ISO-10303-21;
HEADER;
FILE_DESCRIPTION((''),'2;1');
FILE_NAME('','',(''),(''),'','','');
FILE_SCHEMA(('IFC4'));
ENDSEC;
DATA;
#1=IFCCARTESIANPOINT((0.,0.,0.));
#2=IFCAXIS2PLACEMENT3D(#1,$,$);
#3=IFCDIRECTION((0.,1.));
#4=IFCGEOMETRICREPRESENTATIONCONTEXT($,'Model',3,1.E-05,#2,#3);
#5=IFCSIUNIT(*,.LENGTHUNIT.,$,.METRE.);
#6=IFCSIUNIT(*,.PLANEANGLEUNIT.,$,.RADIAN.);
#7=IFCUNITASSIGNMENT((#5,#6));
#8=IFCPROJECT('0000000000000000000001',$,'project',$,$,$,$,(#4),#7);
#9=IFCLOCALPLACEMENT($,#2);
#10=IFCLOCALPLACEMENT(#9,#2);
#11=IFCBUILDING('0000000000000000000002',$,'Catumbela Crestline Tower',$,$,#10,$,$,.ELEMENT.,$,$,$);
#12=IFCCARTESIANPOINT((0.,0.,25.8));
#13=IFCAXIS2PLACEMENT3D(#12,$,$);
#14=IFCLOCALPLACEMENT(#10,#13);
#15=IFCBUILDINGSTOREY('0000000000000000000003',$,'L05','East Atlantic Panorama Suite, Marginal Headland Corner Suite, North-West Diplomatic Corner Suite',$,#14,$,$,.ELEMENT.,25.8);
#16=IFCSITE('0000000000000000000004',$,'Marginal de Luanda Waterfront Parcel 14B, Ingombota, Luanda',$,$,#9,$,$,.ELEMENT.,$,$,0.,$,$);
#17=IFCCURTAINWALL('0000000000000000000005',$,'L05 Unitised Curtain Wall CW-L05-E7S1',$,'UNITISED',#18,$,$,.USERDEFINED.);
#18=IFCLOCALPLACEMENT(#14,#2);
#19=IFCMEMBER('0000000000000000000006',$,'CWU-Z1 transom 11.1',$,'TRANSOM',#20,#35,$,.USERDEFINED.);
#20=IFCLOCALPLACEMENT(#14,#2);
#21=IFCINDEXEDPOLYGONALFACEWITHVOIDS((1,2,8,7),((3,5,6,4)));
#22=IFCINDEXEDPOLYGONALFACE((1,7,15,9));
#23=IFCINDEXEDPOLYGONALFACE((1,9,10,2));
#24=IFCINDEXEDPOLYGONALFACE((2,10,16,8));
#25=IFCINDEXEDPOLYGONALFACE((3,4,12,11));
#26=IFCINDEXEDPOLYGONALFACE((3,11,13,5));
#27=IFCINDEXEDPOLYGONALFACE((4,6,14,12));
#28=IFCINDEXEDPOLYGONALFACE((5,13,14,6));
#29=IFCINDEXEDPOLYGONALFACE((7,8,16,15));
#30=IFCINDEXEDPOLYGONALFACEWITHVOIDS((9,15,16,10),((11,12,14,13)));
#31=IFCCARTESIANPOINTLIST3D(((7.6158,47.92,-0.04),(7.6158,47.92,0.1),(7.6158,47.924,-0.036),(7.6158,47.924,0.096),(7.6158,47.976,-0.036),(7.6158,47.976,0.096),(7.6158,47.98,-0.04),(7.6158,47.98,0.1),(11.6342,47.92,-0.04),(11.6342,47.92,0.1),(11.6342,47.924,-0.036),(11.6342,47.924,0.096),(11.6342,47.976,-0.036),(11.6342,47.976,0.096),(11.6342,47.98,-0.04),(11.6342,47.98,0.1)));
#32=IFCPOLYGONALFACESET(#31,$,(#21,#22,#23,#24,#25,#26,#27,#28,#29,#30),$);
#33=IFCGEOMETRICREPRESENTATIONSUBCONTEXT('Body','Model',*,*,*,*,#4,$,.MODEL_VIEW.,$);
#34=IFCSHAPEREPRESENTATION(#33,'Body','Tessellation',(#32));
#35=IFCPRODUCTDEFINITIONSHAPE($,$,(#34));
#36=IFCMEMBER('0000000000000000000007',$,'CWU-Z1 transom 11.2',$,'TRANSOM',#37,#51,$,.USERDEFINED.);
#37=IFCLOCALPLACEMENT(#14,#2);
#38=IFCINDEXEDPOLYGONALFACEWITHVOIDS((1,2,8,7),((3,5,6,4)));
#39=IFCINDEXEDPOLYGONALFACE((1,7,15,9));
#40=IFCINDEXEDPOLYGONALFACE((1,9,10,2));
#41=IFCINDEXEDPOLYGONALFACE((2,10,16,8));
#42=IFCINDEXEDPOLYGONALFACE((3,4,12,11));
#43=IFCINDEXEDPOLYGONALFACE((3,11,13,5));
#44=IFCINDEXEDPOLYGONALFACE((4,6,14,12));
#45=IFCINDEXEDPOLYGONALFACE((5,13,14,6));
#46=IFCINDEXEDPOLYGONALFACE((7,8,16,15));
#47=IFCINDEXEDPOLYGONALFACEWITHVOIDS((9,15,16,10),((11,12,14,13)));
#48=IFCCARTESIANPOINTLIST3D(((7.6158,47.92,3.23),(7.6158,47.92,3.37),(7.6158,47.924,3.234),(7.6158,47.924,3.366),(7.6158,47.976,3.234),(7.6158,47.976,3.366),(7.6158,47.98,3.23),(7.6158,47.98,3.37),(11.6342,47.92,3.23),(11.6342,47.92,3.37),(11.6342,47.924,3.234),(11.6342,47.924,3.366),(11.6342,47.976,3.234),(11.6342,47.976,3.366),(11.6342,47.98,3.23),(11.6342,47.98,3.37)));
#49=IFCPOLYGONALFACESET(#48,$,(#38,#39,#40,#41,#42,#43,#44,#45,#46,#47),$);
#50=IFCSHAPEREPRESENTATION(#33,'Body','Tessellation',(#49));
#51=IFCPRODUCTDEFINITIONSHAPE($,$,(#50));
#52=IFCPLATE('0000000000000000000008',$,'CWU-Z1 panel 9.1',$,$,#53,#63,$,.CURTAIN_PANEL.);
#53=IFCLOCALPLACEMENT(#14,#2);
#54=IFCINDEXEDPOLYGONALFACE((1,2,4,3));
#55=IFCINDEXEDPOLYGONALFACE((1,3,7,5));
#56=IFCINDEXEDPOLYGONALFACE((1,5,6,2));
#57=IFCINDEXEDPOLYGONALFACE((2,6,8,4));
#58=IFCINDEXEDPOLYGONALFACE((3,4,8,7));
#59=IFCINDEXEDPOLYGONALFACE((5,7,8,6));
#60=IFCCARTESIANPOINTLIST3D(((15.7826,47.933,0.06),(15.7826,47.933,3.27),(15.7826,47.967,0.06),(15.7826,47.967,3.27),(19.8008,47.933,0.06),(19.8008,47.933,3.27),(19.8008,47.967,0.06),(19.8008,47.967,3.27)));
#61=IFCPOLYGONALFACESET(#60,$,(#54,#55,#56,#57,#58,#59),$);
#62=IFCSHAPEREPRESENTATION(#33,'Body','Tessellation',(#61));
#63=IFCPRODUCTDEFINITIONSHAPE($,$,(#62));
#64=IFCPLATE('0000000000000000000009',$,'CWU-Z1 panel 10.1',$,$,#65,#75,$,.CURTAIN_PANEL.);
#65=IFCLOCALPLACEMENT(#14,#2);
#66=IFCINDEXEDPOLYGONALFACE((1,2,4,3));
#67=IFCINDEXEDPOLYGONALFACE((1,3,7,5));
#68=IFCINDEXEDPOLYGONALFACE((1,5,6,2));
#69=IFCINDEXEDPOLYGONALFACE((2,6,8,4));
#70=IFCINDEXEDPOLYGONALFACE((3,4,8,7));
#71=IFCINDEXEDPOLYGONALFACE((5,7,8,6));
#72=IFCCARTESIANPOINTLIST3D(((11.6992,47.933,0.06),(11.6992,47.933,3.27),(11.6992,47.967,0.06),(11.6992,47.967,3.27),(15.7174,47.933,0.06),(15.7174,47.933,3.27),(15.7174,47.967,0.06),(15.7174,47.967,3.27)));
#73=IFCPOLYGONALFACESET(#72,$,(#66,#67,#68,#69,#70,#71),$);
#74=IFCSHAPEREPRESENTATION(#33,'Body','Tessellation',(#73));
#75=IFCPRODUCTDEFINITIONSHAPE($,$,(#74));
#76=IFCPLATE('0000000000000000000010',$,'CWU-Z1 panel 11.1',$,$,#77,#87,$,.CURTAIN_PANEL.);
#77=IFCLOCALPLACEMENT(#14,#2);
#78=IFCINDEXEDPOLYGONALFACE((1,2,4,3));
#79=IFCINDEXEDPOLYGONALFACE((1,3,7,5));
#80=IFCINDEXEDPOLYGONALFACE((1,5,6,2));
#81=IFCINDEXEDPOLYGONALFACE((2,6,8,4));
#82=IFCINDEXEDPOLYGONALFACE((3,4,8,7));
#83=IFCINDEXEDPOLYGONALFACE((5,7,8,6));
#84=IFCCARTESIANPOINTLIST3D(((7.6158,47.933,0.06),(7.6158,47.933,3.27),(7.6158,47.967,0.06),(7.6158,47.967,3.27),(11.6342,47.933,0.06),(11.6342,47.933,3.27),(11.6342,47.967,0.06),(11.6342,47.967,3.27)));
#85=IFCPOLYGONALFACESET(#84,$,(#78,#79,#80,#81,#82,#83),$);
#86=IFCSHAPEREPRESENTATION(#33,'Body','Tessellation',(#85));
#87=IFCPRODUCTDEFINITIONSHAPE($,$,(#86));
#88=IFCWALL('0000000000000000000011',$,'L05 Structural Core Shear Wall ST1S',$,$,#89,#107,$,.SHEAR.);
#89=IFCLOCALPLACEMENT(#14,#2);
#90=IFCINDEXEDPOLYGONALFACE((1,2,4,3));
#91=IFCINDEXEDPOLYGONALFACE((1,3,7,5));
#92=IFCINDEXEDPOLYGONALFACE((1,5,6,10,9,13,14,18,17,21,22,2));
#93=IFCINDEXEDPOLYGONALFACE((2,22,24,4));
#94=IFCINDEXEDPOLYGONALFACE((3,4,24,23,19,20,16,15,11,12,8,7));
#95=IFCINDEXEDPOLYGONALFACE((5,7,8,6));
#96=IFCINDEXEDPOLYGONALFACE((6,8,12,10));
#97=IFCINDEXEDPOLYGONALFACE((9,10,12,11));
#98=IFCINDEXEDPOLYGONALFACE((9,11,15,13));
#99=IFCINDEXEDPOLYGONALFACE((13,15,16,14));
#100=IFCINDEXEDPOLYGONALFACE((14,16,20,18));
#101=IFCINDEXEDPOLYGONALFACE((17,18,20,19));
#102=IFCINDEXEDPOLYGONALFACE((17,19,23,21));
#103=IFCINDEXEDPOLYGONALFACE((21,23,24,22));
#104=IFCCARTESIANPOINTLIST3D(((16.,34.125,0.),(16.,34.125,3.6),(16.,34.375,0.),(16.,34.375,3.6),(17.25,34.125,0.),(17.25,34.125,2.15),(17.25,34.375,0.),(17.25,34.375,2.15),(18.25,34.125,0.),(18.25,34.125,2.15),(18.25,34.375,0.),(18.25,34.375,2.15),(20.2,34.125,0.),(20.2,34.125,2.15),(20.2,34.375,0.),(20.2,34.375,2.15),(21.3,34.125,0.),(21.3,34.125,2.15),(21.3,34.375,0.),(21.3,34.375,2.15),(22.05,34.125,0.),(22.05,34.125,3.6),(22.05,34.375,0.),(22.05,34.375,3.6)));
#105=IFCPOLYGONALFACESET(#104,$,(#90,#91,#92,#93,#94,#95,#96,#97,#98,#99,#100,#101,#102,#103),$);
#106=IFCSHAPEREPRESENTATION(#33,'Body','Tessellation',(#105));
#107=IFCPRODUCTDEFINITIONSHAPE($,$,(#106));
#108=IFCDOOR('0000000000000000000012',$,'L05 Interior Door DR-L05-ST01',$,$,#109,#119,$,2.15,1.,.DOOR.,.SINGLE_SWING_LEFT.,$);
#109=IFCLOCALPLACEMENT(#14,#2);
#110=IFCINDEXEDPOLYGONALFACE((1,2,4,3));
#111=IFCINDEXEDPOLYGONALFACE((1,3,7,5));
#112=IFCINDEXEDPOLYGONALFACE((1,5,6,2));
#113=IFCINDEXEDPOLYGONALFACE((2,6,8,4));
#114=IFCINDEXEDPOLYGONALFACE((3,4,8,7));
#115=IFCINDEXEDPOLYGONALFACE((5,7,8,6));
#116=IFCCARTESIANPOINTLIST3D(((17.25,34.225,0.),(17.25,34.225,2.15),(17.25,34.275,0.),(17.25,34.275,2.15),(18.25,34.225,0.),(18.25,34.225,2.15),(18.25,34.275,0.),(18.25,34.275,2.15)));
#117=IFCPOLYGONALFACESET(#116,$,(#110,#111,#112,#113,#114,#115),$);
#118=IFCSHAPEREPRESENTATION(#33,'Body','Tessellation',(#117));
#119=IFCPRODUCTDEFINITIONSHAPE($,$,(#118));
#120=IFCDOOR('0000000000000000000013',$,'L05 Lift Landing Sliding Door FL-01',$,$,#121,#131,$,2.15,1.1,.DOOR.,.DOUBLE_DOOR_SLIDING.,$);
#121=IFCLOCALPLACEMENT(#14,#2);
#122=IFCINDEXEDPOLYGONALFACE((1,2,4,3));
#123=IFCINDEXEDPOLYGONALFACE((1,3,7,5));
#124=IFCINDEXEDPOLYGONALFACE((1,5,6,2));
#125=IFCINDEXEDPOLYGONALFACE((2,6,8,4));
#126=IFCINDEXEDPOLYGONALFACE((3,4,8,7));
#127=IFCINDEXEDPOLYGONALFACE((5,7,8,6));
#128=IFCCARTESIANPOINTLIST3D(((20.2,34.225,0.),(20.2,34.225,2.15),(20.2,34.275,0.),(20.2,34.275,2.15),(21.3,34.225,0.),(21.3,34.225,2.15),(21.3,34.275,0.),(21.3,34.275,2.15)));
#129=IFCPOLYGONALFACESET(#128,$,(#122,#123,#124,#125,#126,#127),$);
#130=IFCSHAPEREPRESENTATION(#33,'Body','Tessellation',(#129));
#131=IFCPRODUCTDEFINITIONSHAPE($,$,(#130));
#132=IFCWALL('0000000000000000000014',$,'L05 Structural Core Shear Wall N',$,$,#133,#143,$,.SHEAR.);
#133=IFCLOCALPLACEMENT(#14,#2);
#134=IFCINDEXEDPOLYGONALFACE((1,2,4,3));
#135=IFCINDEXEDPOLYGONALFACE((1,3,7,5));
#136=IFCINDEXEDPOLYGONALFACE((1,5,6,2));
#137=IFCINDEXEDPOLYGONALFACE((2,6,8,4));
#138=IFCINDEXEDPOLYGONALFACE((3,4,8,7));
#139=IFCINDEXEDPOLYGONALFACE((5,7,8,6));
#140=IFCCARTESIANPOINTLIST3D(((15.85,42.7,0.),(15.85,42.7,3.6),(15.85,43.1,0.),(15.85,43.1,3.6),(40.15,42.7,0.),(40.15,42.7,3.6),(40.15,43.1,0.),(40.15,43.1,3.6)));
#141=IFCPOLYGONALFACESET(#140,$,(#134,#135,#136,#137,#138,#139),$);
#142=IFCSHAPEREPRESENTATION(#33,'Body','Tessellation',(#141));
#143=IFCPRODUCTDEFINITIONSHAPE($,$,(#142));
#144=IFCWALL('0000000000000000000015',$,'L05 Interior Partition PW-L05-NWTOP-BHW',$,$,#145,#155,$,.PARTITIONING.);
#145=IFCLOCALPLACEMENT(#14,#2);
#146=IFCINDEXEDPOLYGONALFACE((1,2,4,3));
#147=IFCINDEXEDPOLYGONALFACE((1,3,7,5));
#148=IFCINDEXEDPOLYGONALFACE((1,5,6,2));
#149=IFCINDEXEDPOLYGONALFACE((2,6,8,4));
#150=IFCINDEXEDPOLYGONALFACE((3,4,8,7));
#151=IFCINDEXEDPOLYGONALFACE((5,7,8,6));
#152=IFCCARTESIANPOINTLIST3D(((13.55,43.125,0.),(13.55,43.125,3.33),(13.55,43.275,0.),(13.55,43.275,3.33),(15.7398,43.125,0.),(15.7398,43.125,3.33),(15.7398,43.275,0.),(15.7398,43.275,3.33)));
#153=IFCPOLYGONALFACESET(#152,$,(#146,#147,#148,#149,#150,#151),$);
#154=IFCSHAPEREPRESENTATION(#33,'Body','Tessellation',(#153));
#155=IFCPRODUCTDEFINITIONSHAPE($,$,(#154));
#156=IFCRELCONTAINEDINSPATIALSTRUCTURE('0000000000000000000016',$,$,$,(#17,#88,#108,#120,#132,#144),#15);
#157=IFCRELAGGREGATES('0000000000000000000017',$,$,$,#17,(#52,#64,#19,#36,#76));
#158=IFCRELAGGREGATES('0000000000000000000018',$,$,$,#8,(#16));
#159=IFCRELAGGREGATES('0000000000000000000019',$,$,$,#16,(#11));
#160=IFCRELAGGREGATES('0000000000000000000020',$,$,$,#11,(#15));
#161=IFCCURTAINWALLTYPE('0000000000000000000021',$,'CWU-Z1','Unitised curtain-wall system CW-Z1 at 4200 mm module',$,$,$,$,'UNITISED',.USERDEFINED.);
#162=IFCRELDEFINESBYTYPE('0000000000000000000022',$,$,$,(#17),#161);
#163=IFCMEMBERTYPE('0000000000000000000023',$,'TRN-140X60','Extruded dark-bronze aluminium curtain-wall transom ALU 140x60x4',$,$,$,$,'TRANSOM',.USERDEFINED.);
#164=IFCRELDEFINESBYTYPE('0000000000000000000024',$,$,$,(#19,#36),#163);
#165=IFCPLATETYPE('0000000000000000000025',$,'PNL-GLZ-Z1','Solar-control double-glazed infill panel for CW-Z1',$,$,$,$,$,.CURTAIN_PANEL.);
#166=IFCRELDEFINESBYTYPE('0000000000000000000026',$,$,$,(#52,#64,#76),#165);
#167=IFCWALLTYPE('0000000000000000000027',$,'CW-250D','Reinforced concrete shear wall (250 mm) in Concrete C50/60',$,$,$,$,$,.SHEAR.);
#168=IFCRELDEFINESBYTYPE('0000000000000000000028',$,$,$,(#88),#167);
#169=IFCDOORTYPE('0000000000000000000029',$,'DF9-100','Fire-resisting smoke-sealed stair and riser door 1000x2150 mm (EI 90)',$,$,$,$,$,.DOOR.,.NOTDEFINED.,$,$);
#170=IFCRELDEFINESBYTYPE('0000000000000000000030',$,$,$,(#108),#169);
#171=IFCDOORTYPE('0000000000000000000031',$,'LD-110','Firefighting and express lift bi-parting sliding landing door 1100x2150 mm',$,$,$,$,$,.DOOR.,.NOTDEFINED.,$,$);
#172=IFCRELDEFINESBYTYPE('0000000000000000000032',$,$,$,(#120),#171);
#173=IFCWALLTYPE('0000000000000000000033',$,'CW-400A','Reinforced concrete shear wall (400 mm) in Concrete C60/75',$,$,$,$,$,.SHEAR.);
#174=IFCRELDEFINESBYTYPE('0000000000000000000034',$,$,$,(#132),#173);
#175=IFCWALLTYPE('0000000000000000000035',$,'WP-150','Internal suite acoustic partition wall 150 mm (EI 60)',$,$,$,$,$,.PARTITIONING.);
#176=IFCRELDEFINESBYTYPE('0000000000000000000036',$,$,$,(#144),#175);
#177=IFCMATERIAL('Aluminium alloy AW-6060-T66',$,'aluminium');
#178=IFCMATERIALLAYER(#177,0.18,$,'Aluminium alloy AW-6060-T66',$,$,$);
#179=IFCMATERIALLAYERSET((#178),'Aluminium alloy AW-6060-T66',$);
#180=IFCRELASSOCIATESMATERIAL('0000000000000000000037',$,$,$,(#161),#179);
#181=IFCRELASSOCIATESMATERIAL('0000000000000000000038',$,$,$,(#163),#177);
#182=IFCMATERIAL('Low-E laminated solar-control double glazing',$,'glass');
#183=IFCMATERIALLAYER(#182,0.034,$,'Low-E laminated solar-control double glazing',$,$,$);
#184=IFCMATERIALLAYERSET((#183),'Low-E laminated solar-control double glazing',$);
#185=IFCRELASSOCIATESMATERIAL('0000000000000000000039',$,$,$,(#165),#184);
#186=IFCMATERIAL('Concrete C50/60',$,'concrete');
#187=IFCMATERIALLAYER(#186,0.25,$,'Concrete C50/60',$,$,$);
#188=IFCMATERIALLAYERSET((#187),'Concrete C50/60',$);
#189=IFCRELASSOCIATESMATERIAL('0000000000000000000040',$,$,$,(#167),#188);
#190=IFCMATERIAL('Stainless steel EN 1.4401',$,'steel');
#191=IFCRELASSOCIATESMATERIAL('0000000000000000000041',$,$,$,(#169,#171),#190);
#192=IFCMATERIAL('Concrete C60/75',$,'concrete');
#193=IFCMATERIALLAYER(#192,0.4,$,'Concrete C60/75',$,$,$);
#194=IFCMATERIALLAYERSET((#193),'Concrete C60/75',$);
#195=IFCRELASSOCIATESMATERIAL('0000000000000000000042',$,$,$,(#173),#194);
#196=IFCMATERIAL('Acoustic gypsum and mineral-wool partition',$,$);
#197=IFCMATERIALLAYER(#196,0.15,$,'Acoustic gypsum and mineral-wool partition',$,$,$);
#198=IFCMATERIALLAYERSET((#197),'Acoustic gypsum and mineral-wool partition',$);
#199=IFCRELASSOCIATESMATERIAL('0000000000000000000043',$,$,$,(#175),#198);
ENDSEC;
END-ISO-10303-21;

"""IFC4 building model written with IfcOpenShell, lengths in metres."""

from ifc_helpers import new_model, si_unit, direction, frame, frame_2d, origin, origin_2d, place, context, subcontext, project, spatial, rectangle, hollow_rectangle, extrude, material, layer, layer_set, material_profile, profile_set, type_object, element, fill, aggregate, save


model = new_model("IFC4")

# Units and contexts
model_context = context("Model", 3, precision=1e-05, world=origin(), true_north=direction((0.0, 1.0)))
body_context = subcontext(model_context, "Body", "Model", "MODEL_VIEW")
ifc_project = project(units=[si_unit("LENGTHUNIT", "METRE"), si_unit("PLANEANGLEUNIT", "RADIAN")], contexts=[model_context])

# Site, building, storey
site_placement = place(None, origin())
site = spatial("IfcSite", under=ifc_project, at=site_placement, Name="Marginal de Luanda Waterfront Parcel 14B, Ingombota, Luanda", CompositionType="ELEMENT", RefElevation=0.0)
building_placement = place(site_placement, origin())
building = spatial("IfcBuilding", under=site, at=building_placement, Name="Catumbela Crestline Tower", CompositionType="ELEMENT")
storey_placement = place(building_placement, frame((0.0, 0.0, 25.8)))
storey = spatial("IfcBuildingStorey", under=building, at=storey_placement, Name="L05", Description="East Atlantic Panorama Suite, Marginal Headland Corner Suite, North-West Diplomatic Corner Suite", CompositionType="ELEMENT", Elevation=25.8)

# Shared definitions
ifc_material_1 = material(Name="Concrete C60/75", Category="concrete")

# Curtain wall
ifc_material_2 = material(Name="Aluminium alloy AW-6060-T66", Category="aluminium")
ifc_layer_1 = layer(ifc_material_2, 0.18, Name="Aluminium alloy AW-6060-T66")
ifc_layer_set_1 = layer_set([ifc_layer_1], Name="Aluminium alloy AW-6060-T66")
curtain_wall_type = type_object("IfcCurtainWallType", Name="CWU-Z1", Description="Unitised curtain-wall system CW-Z1 at 4200 mm module", ElementType="UNITISED", PredefinedType="USERDEFINED", material=ifc_layer_set_1)
curtain_wall_placement = place(storey_placement, origin())
curtain_wall = element("IfcCurtainWall", 1, at=curtain_wall_placement, inside=storey, type_object=curtain_wall_type, Name="L05 Unitised Curtain Wall CW-L05-E7S1", ObjectType="UNITISED", PredefinedType="USERDEFINED")

# Members
ifc_material_profile_1 = material_profile(ifc_material_2, hollow_rectangle(XDim=0.06, YDim=0.14, WallThickness=0.004, at=origin_2d()), Name="ALU 140x60x4")
ifc_profile_set_1 = profile_set([ifc_material_profile_1], Name="Aluminium alloy AW-6060-T66")
member_type_1 = type_object("IfcMemberType", Name="TRN-140X60", Description="Extruded dark-bronze aluminium curtain-wall transom ALU 140x60x4", ElementType="TRANSOM", PredefinedType="USERDEFINED", material=ifc_profile_set_1)
member_1_placement = place(storey_placement, frame((11.6342, 47.95, 0.03), z_axis=(-1.0, 0.0, 0.0), x_axis=(0.0, -1.0, 0.0)))
member_1 = element("IfcMember", 2, at=member_1_placement, type_object=member_type_1, Name="CWU-Z1 transom 11.1", ObjectType="TRANSOM", PredefinedType="USERDEFINED", context=body_context, shape_type="SweptSolid", body=[
    extrude(hollow_rectangle(XDim=0.06, YDim=0.14, WallThickness=0.004, at=origin_2d()), origin(), (0.0, 0.0, 1.0), 4.0184),
])
member_2_placement = place(storey_placement, frame((11.6342, 47.95, 3.3), z_axis=(-1.0, 0.0, 0.0), x_axis=(0.0, -1.0, 0.0)))
member_2 = element("IfcMember", 3, at=member_2_placement, type_object=member_type_1, Name="CWU-Z1 transom 11.2", ObjectType="TRANSOM", PredefinedType="USERDEFINED", context=body_context, shape_type="SweptSolid", body=[
    extrude(hollow_rectangle(XDim=0.06, YDim=0.14, WallThickness=0.004, at=origin_2d()), origin(), (0.0, 0.0, 1.0), 4.0184),
])

# Plates
ifc_material_3 = material(Name="Low-E laminated solar-control double glazing", Category="glass")
ifc_layer_2 = layer(ifc_material_3, 0.034, Name="Low-E laminated solar-control double glazing")
ifc_layer_set_2 = layer_set([ifc_layer_2], Name="Low-E laminated solar-control double glazing")
plate_type = type_object("IfcPlateType", Name="PNL-GLZ-Z1", Description="Solar-control double-glazed infill panel for CW-Z1", PredefinedType="CURTAIN_PANEL", material=ifc_layer_set_2)
plate_1_placement = place(storey_placement, frame((17.7917, 47.95, 0.06), z_axis=(0.0, 0.0, 1.0), x_axis=(-1.0, 0.0, 0.0)))
plate_1 = element("IfcPlate", 4, at=plate_1_placement, type_object=plate_type, Name="CWU-Z1 panel 9.1", PredefinedType="CURTAIN_PANEL", context=body_context, shape_type="SweptSolid", body=[
    extrude(rectangle(XDim=4.0183, YDim=0.034, at=origin_2d()), origin(), (0.0, 0.0, 1.0), 3.21),
])
plate_2_placement = place(storey_placement, frame((13.7083, 47.95, 0.06), z_axis=(0.0, 0.0, 1.0), x_axis=(-1.0, 0.0, 0.0)))
plate_2 = element("IfcPlate", 5, at=plate_2_placement, type_object=plate_type, Name="CWU-Z1 panel 10.1", PredefinedType="CURTAIN_PANEL", context=body_context, shape_type="SweptSolid", body=[
    extrude(rectangle(XDim=4.0183, YDim=0.034, at=origin_2d()), origin(), (0.0, 0.0, 1.0), 3.21),
])
plate_3_placement = place(storey_placement, frame((9.625, 47.95, 0.06), z_axis=(0.0, 0.0, 1.0), x_axis=(-1.0, 0.0, 0.0)))
plate_3 = element("IfcPlate", 6, at=plate_3_placement, type_object=plate_type, Name="CWU-Z1 panel 11.1", PredefinedType="CURTAIN_PANEL", context=body_context, shape_type="SweptSolid", body=[
    extrude(rectangle(XDim=4.0183, YDim=0.034, at=origin_2d()), origin(), (0.0, 0.0, 1.0), 3.21),
])
aggregate(curtain_wall, [plate_1, plate_2, member_1, member_2, plate_3])

# Wall, openings, doors
ifc_material_4 = material(Name="Concrete C50/60", Category="concrete")
ifc_layer_3 = layer(ifc_material_4, 0.25, Name="Concrete C50/60")
ifc_layer_set_3 = layer_set([ifc_layer_3], Name="Concrete C50/60")
wall_type_1 = type_object("IfcWallType", Name="CW-250D", Description="Reinforced concrete shear wall (250 mm) in Concrete C50/60", PredefinedType="SHEAR", material=ifc_layer_set_3)
wall_1_placement = place(storey_placement, frame((16.0, 34.25, 0.0), z_axis=(0.0, 0.0, 1.0), x_axis=(1.0, 0.0, 0.0)))
wall_1 = element("IfcWall", 7, at=wall_1_placement, inside=storey, type_object=wall_type_1, Name="L05 Structural Core Shear Wall ST1S", PredefinedType="SHEAR", context=body_context, shape_type="SweptSolid", body=[
    extrude(rectangle(XDim=6.05, YDim=0.25, at=frame_2d((3.025, 0.0))), origin(), (0.0, 0.0, 1.0), 3.6),
])
opening_1_placement = place(wall_1_placement, frame((1.25, 0.0, 0.0)))
opening_1 = element("IfcOpeningElement", 8, at=opening_1_placement, cuts=wall_1, PredefinedType="OPENING", context=body_context, shape_type="SweptSolid", body=[
    extrude(rectangle(XDim=1.0, YDim=2.15, at=frame_2d((0.5, 1.075))), frame((0.0, 0.135, 0.0), z_axis=(0.0, -1.0, 0.0), x_axis=(1.0, 0.0, 0.0)), (0.0, 0.0, 1.0), 0.27),
])
opening_2_placement = place(wall_1_placement, frame((4.2, 0.0, 0.0)))
opening_2 = element("IfcOpeningElement", 9, at=opening_2_placement, cuts=wall_1, PredefinedType="OPENING", context=body_context, shape_type="SweptSolid", body=[
    extrude(rectangle(XDim=1.1, YDim=2.15, at=frame_2d((0.55, 1.075))), frame((0.0, 0.135, 0.0), z_axis=(0.0, -1.0, 0.0), x_axis=(1.0, 0.0, 0.0)), (0.0, 0.0, 1.0), 0.27),
])
ifc_material_5 = material(Name="Stainless steel EN 1.4401", Category="steel")
door_type_1 = type_object("IfcDoorType", Name="DF9-100", Description="Fire-resisting smoke-sealed stair and riser door 1000x2150 mm (EI 90)", OperationType="NOTDEFINED", PredefinedType="DOOR", material=ifc_material_5)
door_1_placement = place(opening_1_placement, origin())
door_1 = element("IfcDoor", 10, at=door_1_placement, inside=storey, type_object=door_type_1, Name="L05 Interior Door DR-L05-ST01", OperationType="SINGLE_SWING_LEFT", OverallHeight=2.15, OverallWidth=1.0, PredefinedType="DOOR", context=body_context, shape_type="SweptSolid", body=[
    extrude(rectangle(XDim=1.0, YDim=2.15, at=frame_2d((0.5, 1.075))), frame((0.0, 0.025, 0.0), z_axis=(0.0, -1.0, 0.0), x_axis=(1.0, 0.0, 0.0)), (0.0, 0.0, 1.0), 0.05),
])
fill(opening_1, door_1)
door_type_2 = type_object("IfcDoorType", Name="LD-110", Description="Firefighting and express lift bi-parting sliding landing door 1100x2150 mm", OperationType="NOTDEFINED", PredefinedType="DOOR", material=ifc_material_5)
door_2_placement = place(opening_2_placement, origin())
door_2 = element("IfcDoor", 11, at=door_2_placement, inside=storey, type_object=door_type_2, Name="L05 Lift Landing Sliding Door FL-01", OperationType="DOUBLE_DOOR_SLIDING", OverallHeight=2.15, OverallWidth=1.1, PredefinedType="DOOR", context=body_context, shape_type="SweptSolid", body=[
    extrude(rectangle(XDim=1.1, YDim=2.15, at=frame_2d((0.55, 1.075))), frame((0.0, 0.025, 0.0), z_axis=(0.0, -1.0, 0.0), x_axis=(1.0, 0.0, 0.0)), (0.0, 0.0, 1.0), 0.05),
])
fill(opening_2, door_2)

# Walls
ifc_layer_4 = layer(ifc_material_1, 0.4, Name="Concrete C60/75")
ifc_layer_set_4 = layer_set([ifc_layer_4], Name="Concrete C60/75")
wall_type_2 = type_object("IfcWallType", Name="CW-400A", Description="Reinforced concrete shear wall (400 mm) in Concrete C60/75", PredefinedType="SHEAR", material=ifc_layer_set_4)
wall_2_placement = place(storey_placement, frame((15.85, 42.9, 0.0), z_axis=(0.0, 0.0, 1.0), x_axis=(1.0, 0.0, 0.0)))
element("IfcWall", 12, at=wall_2_placement, inside=storey, type_object=wall_type_2, Name="L05 Structural Core Shear Wall N", PredefinedType="SHEAR", context=body_context, shape_type="SweptSolid", body=[
    extrude(rectangle(XDim=24.3, YDim=0.4, at=frame_2d((12.15, 0.0))), origin(), (0.0, 0.0, 1.0), 3.6),
])
ifc_material_6 = material(Name="Acoustic gypsum and mineral-wool partition")
ifc_layer_5 = layer(ifc_material_6, 0.15, Name="Acoustic gypsum and mineral-wool partition")
ifc_layer_set_5 = layer_set([ifc_layer_5], Name="Acoustic gypsum and mineral-wool partition")
wall_type_3 = type_object("IfcWallType", Name="WP-150", Description="Internal suite acoustic partition wall 150 mm (EI 60)", PredefinedType="PARTITIONING", material=ifc_layer_set_5)
wall_3_placement = place(storey_placement, frame((13.55, 43.2, 0.0), z_axis=(0.0, 0.0, 1.0), x_axis=(1.0, 0.0, 0.0)))
element("IfcWall", 13, at=wall_3_placement, inside=storey, type_object=wall_type_3, Name="L05 Interior Partition PW-L05-NWTOP-BHW", PredefinedType="PARTITIONING", context=body_context, shape_type="SweptSolid", body=[
    extrude(rectangle(XDim=2.1897, YDim=0.15, at=frame_2d((1.0949, 0.0))), origin(), (0.0, 0.0, 1.0), 3.33),
])

save(model, "model.ifc")
